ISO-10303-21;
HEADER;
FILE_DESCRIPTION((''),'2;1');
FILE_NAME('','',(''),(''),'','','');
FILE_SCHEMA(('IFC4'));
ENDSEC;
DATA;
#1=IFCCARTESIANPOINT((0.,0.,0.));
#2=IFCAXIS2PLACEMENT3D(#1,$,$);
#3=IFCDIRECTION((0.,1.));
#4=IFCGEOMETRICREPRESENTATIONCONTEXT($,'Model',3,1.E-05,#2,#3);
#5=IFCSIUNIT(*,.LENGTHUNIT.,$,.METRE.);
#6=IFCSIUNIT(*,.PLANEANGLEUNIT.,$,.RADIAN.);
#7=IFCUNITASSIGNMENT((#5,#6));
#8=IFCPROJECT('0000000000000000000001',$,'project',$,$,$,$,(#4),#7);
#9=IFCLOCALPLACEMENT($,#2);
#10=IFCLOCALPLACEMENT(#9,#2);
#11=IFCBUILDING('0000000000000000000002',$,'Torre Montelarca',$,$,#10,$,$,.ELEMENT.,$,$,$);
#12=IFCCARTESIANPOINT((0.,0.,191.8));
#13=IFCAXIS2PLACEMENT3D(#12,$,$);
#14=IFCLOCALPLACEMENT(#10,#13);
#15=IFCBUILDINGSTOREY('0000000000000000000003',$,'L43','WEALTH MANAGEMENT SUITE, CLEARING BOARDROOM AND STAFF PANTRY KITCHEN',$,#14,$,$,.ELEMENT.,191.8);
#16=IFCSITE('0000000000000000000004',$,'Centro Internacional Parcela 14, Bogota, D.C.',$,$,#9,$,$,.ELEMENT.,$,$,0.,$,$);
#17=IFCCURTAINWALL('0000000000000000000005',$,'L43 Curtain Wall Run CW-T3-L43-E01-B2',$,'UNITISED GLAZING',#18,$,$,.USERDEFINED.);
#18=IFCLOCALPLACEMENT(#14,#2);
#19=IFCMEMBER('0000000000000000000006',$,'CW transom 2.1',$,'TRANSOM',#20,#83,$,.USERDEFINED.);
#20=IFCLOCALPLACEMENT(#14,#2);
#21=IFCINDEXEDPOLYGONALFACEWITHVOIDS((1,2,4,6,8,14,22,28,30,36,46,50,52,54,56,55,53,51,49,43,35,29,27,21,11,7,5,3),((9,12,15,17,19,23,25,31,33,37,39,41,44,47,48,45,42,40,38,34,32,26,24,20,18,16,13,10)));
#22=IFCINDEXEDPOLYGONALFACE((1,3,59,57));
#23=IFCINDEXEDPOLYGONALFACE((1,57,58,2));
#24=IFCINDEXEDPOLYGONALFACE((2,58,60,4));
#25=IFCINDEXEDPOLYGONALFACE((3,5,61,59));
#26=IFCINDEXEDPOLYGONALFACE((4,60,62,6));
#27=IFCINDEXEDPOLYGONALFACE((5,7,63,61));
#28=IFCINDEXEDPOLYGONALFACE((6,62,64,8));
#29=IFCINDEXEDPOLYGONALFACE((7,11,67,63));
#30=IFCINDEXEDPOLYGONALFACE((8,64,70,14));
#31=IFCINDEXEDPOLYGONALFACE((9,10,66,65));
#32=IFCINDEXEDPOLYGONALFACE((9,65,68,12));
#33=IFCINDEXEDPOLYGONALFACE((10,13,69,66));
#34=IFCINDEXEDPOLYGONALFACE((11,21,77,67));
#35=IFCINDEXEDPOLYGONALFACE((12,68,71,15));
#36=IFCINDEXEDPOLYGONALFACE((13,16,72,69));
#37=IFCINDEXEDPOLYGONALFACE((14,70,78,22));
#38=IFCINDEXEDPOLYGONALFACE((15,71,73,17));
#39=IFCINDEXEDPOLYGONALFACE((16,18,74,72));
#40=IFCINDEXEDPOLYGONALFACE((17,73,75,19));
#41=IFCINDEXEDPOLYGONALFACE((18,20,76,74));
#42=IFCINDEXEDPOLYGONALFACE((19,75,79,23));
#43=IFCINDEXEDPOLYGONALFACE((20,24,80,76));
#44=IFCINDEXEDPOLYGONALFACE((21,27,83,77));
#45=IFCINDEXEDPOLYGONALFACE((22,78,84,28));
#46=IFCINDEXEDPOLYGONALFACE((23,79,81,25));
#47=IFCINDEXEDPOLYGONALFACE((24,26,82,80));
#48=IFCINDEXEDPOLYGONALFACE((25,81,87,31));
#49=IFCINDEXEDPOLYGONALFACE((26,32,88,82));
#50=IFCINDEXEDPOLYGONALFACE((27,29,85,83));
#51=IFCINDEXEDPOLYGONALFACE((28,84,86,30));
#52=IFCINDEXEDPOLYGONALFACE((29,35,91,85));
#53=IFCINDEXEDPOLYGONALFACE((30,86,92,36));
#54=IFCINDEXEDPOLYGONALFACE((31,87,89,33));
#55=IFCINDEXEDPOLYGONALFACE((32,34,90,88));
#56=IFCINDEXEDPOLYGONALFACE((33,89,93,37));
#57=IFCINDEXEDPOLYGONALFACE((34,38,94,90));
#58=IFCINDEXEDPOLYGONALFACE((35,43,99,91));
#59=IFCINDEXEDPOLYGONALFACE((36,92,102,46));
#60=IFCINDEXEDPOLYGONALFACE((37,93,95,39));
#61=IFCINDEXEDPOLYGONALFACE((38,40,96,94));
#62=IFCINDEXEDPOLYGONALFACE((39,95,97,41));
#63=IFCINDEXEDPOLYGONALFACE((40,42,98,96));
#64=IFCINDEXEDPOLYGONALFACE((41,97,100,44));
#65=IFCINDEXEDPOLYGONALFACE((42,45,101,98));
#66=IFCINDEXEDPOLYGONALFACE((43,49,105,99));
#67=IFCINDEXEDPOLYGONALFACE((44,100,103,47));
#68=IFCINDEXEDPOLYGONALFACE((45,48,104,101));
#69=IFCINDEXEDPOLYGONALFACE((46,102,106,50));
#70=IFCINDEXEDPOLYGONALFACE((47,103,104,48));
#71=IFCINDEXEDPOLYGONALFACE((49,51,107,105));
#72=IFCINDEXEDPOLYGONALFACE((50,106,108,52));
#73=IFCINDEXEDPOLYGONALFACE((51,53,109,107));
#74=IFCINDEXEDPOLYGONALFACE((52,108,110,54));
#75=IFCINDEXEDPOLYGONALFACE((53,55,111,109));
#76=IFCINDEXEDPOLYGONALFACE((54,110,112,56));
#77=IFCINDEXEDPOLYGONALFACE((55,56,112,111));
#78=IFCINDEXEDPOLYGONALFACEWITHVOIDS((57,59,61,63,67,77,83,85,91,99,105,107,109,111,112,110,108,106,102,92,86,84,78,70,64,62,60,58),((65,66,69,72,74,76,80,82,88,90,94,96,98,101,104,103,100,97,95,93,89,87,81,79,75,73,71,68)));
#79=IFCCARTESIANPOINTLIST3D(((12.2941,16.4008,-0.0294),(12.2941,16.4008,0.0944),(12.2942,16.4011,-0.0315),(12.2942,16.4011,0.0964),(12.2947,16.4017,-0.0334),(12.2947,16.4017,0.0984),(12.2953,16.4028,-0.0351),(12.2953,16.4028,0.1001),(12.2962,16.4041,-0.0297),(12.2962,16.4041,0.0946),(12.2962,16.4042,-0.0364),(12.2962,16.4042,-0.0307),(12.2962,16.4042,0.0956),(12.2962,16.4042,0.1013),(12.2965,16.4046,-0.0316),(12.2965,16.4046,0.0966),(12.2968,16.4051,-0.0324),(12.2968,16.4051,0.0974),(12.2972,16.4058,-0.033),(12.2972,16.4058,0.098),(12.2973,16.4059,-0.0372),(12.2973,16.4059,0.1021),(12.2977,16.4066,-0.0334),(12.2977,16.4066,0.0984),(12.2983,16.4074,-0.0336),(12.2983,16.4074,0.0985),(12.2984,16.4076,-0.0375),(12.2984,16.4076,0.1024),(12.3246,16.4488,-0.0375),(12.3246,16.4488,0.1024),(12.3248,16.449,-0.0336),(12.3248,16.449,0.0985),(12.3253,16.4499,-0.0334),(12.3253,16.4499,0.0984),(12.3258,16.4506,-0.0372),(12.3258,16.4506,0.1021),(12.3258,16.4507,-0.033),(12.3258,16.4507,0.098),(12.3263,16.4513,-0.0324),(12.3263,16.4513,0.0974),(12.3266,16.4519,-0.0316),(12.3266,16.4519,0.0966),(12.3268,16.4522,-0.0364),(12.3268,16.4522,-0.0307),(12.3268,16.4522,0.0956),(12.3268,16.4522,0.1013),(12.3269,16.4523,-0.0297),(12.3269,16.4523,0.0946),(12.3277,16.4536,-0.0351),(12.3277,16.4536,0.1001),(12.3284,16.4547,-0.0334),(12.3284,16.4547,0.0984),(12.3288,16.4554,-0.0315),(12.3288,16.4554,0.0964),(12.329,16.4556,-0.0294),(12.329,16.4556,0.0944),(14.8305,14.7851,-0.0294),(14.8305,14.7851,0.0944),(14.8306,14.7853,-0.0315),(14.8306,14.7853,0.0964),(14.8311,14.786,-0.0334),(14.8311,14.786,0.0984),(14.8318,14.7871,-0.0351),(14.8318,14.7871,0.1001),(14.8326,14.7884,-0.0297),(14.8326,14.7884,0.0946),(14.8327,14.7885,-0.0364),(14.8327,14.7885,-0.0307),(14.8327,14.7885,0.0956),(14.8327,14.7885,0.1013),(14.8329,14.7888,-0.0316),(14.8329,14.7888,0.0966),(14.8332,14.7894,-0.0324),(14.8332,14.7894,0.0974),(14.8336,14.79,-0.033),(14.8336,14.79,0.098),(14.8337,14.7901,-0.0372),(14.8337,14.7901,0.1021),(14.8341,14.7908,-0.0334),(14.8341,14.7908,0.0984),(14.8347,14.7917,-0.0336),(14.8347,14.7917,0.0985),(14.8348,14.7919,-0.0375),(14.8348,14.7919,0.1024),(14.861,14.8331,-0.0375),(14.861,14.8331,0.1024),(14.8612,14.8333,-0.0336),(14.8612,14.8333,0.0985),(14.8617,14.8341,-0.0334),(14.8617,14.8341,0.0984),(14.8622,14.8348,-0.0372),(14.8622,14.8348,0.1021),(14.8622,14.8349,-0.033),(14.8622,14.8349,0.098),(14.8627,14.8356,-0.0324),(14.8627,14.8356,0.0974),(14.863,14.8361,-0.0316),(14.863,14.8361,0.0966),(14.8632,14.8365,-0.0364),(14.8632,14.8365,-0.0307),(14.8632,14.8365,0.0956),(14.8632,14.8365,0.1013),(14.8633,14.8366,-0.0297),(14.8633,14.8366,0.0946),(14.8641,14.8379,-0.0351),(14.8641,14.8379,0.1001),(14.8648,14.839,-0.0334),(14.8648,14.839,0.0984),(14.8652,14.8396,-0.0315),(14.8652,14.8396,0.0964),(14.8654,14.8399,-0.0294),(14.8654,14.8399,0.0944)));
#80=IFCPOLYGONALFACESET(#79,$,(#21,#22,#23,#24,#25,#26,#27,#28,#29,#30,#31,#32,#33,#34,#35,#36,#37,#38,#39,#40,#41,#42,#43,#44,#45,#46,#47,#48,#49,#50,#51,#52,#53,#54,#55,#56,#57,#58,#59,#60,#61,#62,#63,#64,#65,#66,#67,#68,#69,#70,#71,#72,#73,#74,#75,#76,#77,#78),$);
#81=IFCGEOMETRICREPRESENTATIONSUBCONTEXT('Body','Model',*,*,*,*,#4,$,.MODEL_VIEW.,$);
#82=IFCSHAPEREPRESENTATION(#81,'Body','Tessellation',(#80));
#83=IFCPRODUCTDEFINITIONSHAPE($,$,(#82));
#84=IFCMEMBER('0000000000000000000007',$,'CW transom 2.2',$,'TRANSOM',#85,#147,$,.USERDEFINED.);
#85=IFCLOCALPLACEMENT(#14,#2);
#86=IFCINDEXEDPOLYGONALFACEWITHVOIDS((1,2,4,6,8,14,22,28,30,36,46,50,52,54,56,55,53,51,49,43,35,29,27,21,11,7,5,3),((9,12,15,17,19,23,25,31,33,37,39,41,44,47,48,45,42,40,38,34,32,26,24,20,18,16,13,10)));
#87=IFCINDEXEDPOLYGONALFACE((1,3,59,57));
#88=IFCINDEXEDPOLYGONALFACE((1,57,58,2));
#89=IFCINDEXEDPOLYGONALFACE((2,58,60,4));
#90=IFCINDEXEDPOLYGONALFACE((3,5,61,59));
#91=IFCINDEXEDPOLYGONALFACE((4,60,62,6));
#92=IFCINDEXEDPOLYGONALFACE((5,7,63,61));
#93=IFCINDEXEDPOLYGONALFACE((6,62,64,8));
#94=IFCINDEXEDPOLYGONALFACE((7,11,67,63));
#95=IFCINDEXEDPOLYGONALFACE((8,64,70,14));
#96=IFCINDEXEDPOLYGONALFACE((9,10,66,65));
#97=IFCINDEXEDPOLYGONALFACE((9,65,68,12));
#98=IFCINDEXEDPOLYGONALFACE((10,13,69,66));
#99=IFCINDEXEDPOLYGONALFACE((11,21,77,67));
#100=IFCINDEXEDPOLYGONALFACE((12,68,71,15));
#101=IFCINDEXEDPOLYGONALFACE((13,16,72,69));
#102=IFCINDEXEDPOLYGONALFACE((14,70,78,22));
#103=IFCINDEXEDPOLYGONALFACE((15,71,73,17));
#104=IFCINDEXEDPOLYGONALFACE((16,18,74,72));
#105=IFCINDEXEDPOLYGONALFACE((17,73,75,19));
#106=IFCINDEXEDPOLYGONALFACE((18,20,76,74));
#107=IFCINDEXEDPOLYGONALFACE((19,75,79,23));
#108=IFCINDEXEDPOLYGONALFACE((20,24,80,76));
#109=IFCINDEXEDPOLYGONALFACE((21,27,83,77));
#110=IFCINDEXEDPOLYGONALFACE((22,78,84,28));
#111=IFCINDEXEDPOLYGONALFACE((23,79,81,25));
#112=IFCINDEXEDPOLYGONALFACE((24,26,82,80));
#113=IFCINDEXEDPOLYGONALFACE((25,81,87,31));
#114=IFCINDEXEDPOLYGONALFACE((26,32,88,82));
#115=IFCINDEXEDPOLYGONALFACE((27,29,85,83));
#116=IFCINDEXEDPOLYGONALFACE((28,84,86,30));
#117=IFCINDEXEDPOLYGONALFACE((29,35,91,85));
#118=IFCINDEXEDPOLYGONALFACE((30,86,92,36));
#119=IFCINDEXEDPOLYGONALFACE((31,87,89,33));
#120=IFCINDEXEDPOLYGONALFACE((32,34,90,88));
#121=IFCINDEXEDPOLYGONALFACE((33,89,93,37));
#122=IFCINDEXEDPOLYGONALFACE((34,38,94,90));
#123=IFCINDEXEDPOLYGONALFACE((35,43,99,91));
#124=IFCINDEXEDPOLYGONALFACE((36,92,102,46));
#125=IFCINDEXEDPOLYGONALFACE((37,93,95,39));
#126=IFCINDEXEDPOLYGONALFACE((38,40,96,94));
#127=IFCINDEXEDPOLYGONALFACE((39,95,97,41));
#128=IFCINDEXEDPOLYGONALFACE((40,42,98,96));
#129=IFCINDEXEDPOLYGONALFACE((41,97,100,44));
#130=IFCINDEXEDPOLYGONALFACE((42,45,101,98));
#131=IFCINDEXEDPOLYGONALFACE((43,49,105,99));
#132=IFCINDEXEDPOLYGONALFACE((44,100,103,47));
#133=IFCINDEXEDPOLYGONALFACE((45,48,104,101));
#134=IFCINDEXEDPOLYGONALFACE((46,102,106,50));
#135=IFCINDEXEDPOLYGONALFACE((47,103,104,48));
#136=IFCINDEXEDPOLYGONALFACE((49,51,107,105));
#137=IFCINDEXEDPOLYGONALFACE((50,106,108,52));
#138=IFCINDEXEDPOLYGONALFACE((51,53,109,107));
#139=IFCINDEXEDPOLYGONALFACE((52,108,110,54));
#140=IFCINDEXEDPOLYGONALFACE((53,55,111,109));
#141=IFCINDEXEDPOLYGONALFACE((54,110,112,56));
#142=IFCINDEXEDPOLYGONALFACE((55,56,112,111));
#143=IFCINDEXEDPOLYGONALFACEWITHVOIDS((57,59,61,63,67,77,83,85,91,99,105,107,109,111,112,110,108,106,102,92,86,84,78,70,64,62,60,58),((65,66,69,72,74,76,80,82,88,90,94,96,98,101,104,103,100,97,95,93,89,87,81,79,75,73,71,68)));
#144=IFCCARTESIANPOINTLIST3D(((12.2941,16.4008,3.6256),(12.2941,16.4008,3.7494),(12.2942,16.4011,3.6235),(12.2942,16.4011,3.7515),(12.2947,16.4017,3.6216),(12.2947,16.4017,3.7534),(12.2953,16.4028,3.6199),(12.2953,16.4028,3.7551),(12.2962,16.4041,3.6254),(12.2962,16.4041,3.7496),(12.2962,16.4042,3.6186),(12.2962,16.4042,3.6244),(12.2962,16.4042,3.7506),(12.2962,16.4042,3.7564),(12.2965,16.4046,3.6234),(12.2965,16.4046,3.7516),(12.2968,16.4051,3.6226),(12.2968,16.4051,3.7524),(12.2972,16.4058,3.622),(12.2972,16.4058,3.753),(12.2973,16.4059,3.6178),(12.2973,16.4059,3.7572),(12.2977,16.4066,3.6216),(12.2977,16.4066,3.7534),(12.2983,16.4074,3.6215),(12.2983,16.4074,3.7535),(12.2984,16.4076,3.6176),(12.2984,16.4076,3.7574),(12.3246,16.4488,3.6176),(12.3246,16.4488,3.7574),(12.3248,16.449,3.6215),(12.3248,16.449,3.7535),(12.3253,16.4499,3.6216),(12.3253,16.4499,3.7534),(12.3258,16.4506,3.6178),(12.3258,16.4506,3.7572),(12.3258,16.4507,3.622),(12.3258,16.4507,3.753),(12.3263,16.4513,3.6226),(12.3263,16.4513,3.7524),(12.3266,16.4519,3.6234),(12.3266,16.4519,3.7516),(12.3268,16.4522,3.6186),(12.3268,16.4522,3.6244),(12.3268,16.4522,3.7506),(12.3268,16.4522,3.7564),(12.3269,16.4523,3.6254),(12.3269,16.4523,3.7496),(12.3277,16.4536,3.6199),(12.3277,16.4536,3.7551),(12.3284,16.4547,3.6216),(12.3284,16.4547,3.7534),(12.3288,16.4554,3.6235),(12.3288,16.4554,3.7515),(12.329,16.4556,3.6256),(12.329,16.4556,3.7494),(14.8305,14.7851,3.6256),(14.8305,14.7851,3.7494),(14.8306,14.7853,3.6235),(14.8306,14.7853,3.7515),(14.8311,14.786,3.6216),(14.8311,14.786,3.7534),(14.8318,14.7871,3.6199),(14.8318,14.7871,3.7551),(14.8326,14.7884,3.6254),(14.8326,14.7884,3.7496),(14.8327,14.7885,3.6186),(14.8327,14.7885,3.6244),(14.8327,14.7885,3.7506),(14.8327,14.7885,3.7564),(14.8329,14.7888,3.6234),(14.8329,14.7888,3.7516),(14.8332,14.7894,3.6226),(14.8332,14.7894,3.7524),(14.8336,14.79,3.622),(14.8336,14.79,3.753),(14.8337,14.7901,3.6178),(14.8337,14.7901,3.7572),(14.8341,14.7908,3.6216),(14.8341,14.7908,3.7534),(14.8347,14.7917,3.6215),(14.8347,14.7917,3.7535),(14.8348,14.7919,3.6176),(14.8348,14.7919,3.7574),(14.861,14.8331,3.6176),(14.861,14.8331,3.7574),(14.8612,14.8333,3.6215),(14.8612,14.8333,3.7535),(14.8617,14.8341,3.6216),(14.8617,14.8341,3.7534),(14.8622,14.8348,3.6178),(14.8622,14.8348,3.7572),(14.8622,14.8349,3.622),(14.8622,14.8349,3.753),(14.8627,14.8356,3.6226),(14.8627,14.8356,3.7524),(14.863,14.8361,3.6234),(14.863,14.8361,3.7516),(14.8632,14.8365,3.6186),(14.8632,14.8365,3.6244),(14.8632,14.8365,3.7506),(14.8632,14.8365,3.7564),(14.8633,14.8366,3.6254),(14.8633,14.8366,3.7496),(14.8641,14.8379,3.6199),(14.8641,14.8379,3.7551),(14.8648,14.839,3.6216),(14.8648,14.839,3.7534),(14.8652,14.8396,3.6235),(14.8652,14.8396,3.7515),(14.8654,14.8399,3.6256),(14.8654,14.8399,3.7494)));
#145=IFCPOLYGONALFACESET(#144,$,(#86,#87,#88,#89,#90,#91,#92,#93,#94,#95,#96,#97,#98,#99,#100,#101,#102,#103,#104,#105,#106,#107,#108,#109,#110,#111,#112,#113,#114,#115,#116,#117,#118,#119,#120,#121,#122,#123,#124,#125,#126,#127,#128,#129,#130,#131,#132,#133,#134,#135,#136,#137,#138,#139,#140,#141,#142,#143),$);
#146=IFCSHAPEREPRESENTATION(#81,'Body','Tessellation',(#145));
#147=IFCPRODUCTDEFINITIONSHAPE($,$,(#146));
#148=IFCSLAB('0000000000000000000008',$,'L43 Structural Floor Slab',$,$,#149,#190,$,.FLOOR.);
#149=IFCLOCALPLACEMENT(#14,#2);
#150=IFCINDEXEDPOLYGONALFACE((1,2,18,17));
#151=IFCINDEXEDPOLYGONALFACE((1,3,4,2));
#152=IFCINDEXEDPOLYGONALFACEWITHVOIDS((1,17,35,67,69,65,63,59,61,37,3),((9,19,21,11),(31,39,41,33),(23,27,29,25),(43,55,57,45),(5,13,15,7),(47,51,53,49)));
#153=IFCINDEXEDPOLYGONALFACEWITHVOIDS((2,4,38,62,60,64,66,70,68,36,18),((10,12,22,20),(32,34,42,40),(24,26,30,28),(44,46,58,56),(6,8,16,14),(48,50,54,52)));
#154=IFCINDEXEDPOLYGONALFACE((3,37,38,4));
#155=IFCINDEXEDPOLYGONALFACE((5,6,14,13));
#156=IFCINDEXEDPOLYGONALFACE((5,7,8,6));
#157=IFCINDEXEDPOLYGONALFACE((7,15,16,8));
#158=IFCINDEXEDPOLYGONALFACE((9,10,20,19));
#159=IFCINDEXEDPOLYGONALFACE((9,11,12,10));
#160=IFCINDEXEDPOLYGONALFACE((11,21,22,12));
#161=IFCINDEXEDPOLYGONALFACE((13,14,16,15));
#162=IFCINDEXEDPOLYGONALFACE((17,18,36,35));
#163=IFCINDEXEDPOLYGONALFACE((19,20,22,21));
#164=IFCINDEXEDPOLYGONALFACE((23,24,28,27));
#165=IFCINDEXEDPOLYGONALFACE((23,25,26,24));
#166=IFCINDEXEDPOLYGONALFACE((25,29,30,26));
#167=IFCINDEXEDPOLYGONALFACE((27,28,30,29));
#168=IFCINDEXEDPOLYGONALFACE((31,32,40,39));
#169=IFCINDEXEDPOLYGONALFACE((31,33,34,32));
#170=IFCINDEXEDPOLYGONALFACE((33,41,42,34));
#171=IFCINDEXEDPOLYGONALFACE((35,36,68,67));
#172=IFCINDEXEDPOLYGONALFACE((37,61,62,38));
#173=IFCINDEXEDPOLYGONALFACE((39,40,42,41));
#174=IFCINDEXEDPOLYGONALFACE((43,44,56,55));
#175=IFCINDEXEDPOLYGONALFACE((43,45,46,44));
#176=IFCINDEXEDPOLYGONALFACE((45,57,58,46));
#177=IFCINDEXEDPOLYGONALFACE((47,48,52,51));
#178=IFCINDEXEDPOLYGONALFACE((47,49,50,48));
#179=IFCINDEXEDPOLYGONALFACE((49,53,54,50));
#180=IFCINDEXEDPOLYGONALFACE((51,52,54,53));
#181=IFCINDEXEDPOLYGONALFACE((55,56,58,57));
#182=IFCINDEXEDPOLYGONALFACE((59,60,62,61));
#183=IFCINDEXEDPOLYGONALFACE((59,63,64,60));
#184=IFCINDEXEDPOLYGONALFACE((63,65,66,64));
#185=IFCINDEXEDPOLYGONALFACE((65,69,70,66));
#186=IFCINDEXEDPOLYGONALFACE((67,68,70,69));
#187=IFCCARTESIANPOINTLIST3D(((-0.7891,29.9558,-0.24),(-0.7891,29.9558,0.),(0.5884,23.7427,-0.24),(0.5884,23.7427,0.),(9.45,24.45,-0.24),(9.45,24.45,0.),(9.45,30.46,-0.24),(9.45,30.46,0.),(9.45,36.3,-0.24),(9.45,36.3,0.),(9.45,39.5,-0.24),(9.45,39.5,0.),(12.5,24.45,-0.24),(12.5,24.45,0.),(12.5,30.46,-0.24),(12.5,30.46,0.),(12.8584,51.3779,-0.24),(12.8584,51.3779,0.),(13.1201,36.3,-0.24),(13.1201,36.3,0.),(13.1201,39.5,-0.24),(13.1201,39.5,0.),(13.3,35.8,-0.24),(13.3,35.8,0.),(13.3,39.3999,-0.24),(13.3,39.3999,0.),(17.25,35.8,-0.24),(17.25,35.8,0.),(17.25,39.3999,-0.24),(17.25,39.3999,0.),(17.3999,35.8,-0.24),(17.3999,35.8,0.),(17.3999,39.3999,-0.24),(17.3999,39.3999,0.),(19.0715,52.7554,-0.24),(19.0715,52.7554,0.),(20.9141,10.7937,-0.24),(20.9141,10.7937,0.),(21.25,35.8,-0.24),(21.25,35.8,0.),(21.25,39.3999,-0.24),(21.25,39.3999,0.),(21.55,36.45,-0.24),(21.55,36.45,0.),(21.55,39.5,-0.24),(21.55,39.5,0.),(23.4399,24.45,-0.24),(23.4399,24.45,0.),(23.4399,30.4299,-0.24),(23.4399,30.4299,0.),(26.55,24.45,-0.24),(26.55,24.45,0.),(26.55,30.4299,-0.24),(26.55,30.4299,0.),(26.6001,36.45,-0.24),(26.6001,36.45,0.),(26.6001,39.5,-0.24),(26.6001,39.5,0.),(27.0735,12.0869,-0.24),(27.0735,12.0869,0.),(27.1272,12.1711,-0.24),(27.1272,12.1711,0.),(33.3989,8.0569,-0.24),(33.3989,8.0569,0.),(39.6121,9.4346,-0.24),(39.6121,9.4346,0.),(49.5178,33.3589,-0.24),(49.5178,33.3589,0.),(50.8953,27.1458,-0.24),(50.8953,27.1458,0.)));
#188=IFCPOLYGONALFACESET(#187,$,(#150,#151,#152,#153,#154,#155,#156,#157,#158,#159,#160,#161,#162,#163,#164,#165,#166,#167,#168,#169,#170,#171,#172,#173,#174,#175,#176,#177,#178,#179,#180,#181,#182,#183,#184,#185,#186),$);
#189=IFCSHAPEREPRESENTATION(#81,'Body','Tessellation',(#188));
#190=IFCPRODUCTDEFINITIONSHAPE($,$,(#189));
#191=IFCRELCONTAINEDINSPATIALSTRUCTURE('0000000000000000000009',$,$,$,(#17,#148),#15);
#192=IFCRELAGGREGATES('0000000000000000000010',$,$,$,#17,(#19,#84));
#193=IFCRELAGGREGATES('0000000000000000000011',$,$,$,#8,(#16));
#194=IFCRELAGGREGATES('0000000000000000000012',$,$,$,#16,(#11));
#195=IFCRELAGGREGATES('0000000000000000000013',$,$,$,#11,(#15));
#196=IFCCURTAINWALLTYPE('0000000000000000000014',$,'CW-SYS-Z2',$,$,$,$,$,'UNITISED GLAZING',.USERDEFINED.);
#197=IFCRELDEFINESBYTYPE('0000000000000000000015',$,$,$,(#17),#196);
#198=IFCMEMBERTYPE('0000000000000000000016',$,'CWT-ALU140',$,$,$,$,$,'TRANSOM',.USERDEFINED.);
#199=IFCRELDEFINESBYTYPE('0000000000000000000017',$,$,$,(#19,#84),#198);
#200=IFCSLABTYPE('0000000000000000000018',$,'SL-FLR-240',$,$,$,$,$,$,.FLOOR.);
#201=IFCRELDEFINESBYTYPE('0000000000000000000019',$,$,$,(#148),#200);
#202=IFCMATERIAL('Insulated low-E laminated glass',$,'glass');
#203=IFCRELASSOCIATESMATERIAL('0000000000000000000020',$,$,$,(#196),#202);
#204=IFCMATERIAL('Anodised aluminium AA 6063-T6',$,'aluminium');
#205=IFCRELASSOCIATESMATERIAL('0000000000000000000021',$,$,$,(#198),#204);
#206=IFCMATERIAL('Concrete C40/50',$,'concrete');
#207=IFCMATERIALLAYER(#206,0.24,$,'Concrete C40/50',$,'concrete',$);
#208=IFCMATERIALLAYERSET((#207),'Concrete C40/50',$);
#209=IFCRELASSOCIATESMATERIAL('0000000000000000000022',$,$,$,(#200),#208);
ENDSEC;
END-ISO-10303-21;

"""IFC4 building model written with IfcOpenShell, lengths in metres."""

from ifc_helpers import new_model, si_unit, direction, frame, origin, origin_2d, place, context, subcontext, project, spatial, polyline, hollow_rectangle, outline, extrude, source, transform, mapped, material, layer, layer_set, material_profile, profile_set, type_object, element, aggregate, save


model = new_model("IFC4")

# Units and contexts
model_context = context("Model", 3, precision=1e-05, world=origin(), true_north=direction((0.0, 1.0)))
body_context = subcontext(model_context, "Body", "Model", "MODEL_VIEW")
ifc_project = project(units=[si_unit("LENGTHUNIT", "METRE"), si_unit("PLANEANGLEUNIT", "RADIAN")], contexts=[model_context])

# Site, building, storey
site_placement = place(None, origin())
site = spatial("IfcSite", under=ifc_project, at=site_placement, Name="Centro Internacional Parcela 14, Bogota, D.C.", CompositionType="ELEMENT", RefElevation=0.0)
building_placement = place(site_placement, origin())
building = spatial("IfcBuilding", under=site, at=building_placement, Name="Torre Montelarca", CompositionType="ELEMENT")
storey_placement = place(building_placement, frame((0.0, 0.0, 191.8)))
storey = spatial("IfcBuildingStorey", under=building, at=storey_placement, Name="L43", Description="WEALTH MANAGEMENT SUITE, CLEARING BOARDROOM AND STAFF PANTRY KITCHEN", CompositionType="ELEMENT", Elevation=191.8)

# Curtain wall
ifc_material_1 = material(Name="Insulated low-E laminated glass", Category="glass")
curtain_wall_type = type_object("IfcCurtainWallType", Name="CW-SYS-Z2", ElementType="UNITISED GLAZING", PredefinedType="USERDEFINED", material=ifc_material_1)
ifc_material_2 = material(Name="Anodised aluminium AA 6063-T6", Category="aluminium")
curtain_wall_1_placement = place(storey_placement, origin())
curtain_wall_1 = element("IfcCurtainWall", 1, at=curtain_wall_1_placement, inside=storey, type_object=curtain_wall_type, Name="L43 Curtain Wall Run CW-T3-L43-E01-B2", ObjectType="UNITISED GLAZING", PredefinedType="USERDEFINED")

# Members
ifc_material_profile_1 = material_profile(ifc_material_2, hollow_rectangle(XDim=0.0649, YDim=0.1399, WallThickness=0.0039, InnerFilletRadius=0.0039, OuterFilletRadius=0.0081, at=origin_2d()), Name="ALU65X140X4", Category="aluminium")
ifc_profile_set_1 = profile_set([ifc_material_profile_1], Name="Anodised aluminium AA 6063-T6")
member_type_1 = type_object("IfcMemberType", Name="CWT-ALU140", ElementType="TRANSOM", PredefinedType="USERDEFINED", material=ifc_profile_set_1)
shared_shape_1 = source(origin(), body_context, "Body", "SweptSolid", [
    extrude(hollow_rectangle(XDim=0.0649, YDim=0.1399, WallThickness=0.0039, InnerFilletRadius=0.0039, OuterFilletRadius=0.0081, at=origin_2d()), origin(), (0.0, 0.0, 1.0), 3.0073),
])
member_1_placement = place(storey_placement, frame((12.3115, 16.4282, 0.0325), z_axis=(0.843411, -0.537269, 0.0), x_axis=(0.537269, 0.843411, 0.0)))
member_1 = element("IfcMember", 2, at=member_1_placement, type_object=member_type_1, Name="CW transom 2.1", ObjectType="TRANSOM", PredefinedType="USERDEFINED", context=body_context, shape_type="MappedRepresentation", body=[
    mapped(shared_shape_1, transform((0.0, 0.0, 0.0), scale=1.0)),
])
member_2_placement = place(storey_placement, frame((12.3115, 16.4282, 3.6875), z_axis=(0.843411, -0.537269, 0.0), x_axis=(0.537269, 0.843411, 0.0)))
member_2 = element("IfcMember", 3, at=member_2_placement, type_object=member_type_1, Name="CW transom 2.2", ObjectType="TRANSOM", PredefinedType="USERDEFINED", context=body_context, shape_type="MappedRepresentation", body=[
    mapped(shared_shape_1, transform((0.0, 0.0, 0.0), scale=1.0)),
])

# Slab
ifc_material_3 = material(Name="Concrete C40/50", Category="concrete")
ifc_layer_1 = layer(ifc_material_3, 0.24, Name="Concrete C40/50", Category="concrete")
ifc_layer_set_1 = layer_set([ifc_layer_1], Name="Concrete C40/50")
slab_type_1 = type_object("IfcSlabType", Name="SL-FLR-240", PredefinedType="FLOOR", material=ifc_layer_set_1)
slab_1_placement = place(storey_placement, frame((0.0, 0.0, -0.24)))
element("IfcSlab", 4, at=slab_1_placement, inside=storey, type_object=slab_type_1, Name="L43 Structural Floor Slab", PredefinedType="FLOOR", context=body_context, shape_type="SweptSolid", body=[
    extrude(outline(polyline([(20.9141, 10.7937), (27.1272, 12.1711), (27.0735, 12.0869), (33.3989, 8.0569), (39.6121, 9.4346), (50.8953, 27.1458), (49.5178, 33.3589), (19.0715, 52.7554), (12.8584, 51.3779), (-0.7891, 29.9558), (0.5884, 23.7427), (20.9141, 10.7937)]), holes=[polyline([(26.55, 24.45), (23.4399, 24.45), (23.4399, 30.4299), (26.55, 30.4299), (26.55, 24.45)]), polyline([(9.45, 24.45), (9.45, 30.46), (12.5, 30.46), (12.5, 24.45), (9.45, 24.45)]), polyline([(17.25, 35.8), (13.3, 35.8), (13.3, 39.3999), (17.25, 39.3999), (17.25, 35.8)]), polyline([(21.25, 39.3999), (21.25, 35.8), (17.3999, 35.8), (17.3999, 39.3999), (21.25, 39.3999)]), polyline([(13.1201, 36.3), (9.45, 36.3), (9.45, 39.5), (13.1201, 39.5), (13.1201, 36.3)]), polyline([(26.6001, 36.45), (21.55, 36.45), (21.55, 39.5), (26.6001, 39.5), (26.6001, 36.45)])]), origin(), (0.0, 0.0, 1.0), 0.24),
])

aggregate(curtain_wall_1, [member_1, member_2])

save(model, "model.ifc")
